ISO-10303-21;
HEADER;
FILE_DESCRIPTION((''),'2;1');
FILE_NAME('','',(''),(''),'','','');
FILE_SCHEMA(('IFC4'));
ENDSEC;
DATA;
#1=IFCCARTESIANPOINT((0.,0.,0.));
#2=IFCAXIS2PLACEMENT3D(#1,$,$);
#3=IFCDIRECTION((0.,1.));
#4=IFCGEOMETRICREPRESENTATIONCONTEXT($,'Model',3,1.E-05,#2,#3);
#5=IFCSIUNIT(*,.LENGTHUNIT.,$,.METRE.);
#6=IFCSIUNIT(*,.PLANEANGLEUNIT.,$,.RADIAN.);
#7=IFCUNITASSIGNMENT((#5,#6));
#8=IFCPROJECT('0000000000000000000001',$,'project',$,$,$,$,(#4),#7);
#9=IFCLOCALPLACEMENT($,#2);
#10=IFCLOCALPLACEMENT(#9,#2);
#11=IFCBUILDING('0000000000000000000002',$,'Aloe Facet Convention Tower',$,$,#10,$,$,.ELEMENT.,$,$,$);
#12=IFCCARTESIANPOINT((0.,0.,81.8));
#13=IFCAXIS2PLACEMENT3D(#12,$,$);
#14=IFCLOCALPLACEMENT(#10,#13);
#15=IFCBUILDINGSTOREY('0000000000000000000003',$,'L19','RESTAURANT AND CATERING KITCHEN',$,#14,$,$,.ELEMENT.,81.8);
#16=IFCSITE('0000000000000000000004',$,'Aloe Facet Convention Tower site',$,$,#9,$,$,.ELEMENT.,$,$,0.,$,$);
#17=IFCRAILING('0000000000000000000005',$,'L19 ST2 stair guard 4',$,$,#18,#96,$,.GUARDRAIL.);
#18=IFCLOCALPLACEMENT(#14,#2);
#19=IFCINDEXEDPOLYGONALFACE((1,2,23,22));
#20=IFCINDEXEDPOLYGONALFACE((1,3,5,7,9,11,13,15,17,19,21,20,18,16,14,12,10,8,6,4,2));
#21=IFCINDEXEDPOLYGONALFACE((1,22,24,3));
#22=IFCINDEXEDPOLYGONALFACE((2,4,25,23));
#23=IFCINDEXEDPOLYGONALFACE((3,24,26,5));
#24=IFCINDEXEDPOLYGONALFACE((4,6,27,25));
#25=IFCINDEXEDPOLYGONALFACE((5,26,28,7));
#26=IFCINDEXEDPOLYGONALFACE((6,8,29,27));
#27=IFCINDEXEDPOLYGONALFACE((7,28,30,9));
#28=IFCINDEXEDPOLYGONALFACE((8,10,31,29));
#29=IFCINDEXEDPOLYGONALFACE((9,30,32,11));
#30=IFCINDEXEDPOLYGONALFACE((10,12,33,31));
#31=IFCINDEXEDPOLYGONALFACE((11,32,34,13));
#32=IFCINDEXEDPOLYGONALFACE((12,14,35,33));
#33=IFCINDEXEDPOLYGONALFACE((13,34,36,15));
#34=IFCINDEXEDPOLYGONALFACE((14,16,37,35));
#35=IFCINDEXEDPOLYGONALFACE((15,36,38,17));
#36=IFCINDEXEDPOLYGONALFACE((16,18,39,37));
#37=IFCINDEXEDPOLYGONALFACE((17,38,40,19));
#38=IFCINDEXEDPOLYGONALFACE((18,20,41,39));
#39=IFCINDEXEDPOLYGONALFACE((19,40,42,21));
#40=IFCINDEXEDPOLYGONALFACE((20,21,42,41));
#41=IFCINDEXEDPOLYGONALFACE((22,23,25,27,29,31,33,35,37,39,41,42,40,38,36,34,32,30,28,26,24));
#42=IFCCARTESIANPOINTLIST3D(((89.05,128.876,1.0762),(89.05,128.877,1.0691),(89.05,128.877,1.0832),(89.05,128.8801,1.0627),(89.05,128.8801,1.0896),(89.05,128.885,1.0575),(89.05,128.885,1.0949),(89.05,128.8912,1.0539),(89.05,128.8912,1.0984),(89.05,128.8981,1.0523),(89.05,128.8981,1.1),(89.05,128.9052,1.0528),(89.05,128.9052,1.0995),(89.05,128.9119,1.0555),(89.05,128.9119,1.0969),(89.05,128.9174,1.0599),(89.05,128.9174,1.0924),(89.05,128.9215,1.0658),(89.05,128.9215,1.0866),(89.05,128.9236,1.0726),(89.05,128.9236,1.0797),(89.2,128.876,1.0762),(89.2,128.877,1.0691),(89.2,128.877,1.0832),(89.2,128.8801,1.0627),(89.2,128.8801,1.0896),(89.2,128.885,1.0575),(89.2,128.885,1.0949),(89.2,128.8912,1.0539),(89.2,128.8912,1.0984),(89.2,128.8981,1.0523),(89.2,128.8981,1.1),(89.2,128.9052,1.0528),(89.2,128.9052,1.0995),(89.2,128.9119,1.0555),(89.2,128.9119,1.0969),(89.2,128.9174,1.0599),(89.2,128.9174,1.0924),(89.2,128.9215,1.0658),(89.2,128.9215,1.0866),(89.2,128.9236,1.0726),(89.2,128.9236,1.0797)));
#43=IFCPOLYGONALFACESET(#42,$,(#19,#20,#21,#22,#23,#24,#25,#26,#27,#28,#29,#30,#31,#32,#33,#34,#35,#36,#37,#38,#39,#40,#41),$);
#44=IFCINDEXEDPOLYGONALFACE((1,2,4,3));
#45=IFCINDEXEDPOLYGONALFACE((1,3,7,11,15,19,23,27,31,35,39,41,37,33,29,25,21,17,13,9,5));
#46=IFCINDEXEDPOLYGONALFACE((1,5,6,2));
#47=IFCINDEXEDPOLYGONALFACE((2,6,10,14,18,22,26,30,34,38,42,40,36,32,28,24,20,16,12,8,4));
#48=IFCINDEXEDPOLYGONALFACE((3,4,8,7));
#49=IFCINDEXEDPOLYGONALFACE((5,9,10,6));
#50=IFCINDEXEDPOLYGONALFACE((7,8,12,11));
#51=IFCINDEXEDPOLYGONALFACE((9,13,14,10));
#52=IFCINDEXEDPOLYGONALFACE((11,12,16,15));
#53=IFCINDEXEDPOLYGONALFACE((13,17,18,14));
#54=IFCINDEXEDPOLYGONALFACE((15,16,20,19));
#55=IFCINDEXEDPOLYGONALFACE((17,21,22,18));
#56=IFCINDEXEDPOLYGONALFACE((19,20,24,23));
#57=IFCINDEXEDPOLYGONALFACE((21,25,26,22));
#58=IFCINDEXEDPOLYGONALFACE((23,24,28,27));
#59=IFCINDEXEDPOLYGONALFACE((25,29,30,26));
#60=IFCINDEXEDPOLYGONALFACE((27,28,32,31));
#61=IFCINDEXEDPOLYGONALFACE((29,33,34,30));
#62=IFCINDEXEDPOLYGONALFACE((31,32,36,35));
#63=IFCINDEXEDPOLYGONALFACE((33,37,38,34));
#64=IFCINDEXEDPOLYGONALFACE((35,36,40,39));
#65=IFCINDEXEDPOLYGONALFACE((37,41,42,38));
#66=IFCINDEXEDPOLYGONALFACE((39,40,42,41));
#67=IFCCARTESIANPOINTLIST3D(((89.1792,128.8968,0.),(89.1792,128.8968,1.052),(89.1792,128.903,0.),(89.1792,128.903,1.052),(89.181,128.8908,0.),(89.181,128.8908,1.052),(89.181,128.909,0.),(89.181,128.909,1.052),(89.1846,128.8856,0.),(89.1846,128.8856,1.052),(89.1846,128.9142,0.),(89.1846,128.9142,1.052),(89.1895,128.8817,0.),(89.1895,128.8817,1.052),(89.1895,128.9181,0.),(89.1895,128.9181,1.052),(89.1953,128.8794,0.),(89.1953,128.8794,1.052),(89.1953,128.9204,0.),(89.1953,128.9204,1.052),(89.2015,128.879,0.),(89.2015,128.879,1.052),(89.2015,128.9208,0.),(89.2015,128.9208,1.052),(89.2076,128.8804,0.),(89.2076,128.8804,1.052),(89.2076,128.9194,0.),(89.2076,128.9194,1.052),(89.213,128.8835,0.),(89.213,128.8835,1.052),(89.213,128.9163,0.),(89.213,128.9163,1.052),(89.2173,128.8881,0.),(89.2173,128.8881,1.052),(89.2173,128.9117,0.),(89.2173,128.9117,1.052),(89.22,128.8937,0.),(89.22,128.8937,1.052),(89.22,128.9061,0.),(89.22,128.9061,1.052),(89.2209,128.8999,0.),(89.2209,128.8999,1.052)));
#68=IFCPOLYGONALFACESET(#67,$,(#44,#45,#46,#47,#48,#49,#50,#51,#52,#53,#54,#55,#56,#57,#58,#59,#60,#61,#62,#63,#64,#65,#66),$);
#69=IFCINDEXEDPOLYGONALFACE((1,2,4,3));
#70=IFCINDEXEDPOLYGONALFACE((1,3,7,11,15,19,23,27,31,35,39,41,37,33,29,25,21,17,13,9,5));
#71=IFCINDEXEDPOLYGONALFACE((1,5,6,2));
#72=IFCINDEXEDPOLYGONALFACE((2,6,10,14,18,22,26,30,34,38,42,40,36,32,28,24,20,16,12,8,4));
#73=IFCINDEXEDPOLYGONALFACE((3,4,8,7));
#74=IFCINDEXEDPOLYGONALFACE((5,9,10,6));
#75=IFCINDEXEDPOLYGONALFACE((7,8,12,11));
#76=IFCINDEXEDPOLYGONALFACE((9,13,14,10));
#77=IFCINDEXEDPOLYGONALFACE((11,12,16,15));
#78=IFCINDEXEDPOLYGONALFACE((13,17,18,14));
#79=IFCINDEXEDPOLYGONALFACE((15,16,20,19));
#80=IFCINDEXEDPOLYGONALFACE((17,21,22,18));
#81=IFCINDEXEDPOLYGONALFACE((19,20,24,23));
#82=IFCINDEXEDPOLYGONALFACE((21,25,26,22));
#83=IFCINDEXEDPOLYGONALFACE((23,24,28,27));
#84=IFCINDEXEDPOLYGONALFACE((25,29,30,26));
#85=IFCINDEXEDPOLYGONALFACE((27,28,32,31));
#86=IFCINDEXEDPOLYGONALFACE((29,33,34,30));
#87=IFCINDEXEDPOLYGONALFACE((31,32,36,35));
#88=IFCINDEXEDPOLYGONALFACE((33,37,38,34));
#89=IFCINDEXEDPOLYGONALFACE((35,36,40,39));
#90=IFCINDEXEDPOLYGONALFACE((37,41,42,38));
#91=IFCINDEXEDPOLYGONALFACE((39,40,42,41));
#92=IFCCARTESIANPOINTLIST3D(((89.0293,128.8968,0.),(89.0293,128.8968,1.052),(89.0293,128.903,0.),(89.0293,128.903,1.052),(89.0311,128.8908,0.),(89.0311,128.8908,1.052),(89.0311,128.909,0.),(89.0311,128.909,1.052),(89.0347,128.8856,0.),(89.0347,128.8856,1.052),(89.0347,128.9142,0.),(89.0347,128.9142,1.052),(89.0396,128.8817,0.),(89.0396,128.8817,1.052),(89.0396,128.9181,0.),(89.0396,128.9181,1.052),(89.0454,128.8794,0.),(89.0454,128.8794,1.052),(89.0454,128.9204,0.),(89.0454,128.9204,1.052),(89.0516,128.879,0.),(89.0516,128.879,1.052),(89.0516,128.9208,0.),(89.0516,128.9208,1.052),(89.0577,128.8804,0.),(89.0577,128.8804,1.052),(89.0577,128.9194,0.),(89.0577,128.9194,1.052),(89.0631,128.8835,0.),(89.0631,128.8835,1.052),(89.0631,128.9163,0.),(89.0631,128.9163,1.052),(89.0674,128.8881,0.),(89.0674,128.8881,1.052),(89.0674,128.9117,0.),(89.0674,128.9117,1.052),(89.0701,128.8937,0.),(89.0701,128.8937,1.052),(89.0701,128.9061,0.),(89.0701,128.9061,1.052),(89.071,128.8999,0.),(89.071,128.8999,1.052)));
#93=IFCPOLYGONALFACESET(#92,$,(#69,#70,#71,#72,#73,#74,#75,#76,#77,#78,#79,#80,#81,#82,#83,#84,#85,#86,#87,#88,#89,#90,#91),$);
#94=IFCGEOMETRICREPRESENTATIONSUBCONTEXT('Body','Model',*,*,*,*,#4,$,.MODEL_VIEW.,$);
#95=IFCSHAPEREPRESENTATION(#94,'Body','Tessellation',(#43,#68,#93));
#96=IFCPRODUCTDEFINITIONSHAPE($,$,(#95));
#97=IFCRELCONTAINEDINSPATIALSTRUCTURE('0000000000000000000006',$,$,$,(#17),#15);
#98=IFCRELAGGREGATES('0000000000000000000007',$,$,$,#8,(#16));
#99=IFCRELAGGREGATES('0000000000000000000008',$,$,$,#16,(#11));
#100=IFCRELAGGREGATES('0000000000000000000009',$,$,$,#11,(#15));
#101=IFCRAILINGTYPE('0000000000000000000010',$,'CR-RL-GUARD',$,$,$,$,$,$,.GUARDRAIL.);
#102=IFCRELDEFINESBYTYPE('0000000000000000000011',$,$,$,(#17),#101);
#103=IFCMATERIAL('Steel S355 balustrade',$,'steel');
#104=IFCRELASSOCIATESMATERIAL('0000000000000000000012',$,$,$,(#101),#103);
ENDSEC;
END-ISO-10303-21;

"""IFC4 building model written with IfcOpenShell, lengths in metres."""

from ifc_helpers import new_model, si_unit, direction, frame, origin, origin_2d, place, context, subcontext, project, spatial, circle, extrude, material, type_object, element, save


model = new_model("IFC4")

# Units and contexts
model_context = context("Model", 3, precision=1e-05, world=origin(), true_north=direction((0.0, 1.0)))
body_context = subcontext(model_context, "Body", "Model", "MODEL_VIEW")
ifc_project = project(units=[si_unit("LENGTHUNIT", "METRE"), si_unit("PLANEANGLEUNIT", "RADIAN")], contexts=[model_context])

# Site, building, storey
site_placement = place(None, origin())
site = spatial("IfcSite", under=ifc_project, at=site_placement, Name="Aloe Facet Convention Tower site", CompositionType="ELEMENT", RefElevation=0.0)
building_placement = place(site_placement, origin())
building = spatial("IfcBuilding", under=site, at=building_placement, Name="Aloe Facet Convention Tower", CompositionType="ELEMENT")
storey_placement = place(building_placement, frame((0.0, 0.0, 81.8)))
storey = spatial("IfcBuildingStorey", under=building, at=storey_placement, Name="L19", Description="RESTAURANT AND CATERING KITCHEN", CompositionType="ELEMENT", Elevation=81.8)

# Railing
ifc_material_1 = material(Name="Steel S355 balustrade", Category="steel")
railing_type_1 = type_object("IfcRailingType", Name="CR-RL-GUARD", PredefinedType="GUARDRAIL", material=ifc_material_1)
railing_1_placement = place(storey_placement, frame((89.2, 128.8999, 0.0)))
element("IfcRailing", 1, at=railing_1_placement, inside=storey, type_object=railing_type_1, Name="L19 ST2 stair guard 4", PredefinedType="GUARDRAIL", context=body_context, shape_type="SweptSolid", body=[
    extrude(circle(Radius=0.0239, at=origin_2d()), frame((0.0, 0.0, 1.0762), z_axis=(-1.0, 0.0, 0.0), x_axis=(0.0, -1.0, 0.0)), (0.0, 0.0, 1.0), 0.1499),
    extrude(circle(Radius=0.021, at=origin_2d()), origin(), (0.0, 0.0, 1.0), 1.052),
    extrude(circle(Radius=0.021, at=origin_2d()), frame((-0.1499, 0.0, 0.0)), (0.0, 0.0, 1.0), 1.052),
])

save(model, "model.ifc")
